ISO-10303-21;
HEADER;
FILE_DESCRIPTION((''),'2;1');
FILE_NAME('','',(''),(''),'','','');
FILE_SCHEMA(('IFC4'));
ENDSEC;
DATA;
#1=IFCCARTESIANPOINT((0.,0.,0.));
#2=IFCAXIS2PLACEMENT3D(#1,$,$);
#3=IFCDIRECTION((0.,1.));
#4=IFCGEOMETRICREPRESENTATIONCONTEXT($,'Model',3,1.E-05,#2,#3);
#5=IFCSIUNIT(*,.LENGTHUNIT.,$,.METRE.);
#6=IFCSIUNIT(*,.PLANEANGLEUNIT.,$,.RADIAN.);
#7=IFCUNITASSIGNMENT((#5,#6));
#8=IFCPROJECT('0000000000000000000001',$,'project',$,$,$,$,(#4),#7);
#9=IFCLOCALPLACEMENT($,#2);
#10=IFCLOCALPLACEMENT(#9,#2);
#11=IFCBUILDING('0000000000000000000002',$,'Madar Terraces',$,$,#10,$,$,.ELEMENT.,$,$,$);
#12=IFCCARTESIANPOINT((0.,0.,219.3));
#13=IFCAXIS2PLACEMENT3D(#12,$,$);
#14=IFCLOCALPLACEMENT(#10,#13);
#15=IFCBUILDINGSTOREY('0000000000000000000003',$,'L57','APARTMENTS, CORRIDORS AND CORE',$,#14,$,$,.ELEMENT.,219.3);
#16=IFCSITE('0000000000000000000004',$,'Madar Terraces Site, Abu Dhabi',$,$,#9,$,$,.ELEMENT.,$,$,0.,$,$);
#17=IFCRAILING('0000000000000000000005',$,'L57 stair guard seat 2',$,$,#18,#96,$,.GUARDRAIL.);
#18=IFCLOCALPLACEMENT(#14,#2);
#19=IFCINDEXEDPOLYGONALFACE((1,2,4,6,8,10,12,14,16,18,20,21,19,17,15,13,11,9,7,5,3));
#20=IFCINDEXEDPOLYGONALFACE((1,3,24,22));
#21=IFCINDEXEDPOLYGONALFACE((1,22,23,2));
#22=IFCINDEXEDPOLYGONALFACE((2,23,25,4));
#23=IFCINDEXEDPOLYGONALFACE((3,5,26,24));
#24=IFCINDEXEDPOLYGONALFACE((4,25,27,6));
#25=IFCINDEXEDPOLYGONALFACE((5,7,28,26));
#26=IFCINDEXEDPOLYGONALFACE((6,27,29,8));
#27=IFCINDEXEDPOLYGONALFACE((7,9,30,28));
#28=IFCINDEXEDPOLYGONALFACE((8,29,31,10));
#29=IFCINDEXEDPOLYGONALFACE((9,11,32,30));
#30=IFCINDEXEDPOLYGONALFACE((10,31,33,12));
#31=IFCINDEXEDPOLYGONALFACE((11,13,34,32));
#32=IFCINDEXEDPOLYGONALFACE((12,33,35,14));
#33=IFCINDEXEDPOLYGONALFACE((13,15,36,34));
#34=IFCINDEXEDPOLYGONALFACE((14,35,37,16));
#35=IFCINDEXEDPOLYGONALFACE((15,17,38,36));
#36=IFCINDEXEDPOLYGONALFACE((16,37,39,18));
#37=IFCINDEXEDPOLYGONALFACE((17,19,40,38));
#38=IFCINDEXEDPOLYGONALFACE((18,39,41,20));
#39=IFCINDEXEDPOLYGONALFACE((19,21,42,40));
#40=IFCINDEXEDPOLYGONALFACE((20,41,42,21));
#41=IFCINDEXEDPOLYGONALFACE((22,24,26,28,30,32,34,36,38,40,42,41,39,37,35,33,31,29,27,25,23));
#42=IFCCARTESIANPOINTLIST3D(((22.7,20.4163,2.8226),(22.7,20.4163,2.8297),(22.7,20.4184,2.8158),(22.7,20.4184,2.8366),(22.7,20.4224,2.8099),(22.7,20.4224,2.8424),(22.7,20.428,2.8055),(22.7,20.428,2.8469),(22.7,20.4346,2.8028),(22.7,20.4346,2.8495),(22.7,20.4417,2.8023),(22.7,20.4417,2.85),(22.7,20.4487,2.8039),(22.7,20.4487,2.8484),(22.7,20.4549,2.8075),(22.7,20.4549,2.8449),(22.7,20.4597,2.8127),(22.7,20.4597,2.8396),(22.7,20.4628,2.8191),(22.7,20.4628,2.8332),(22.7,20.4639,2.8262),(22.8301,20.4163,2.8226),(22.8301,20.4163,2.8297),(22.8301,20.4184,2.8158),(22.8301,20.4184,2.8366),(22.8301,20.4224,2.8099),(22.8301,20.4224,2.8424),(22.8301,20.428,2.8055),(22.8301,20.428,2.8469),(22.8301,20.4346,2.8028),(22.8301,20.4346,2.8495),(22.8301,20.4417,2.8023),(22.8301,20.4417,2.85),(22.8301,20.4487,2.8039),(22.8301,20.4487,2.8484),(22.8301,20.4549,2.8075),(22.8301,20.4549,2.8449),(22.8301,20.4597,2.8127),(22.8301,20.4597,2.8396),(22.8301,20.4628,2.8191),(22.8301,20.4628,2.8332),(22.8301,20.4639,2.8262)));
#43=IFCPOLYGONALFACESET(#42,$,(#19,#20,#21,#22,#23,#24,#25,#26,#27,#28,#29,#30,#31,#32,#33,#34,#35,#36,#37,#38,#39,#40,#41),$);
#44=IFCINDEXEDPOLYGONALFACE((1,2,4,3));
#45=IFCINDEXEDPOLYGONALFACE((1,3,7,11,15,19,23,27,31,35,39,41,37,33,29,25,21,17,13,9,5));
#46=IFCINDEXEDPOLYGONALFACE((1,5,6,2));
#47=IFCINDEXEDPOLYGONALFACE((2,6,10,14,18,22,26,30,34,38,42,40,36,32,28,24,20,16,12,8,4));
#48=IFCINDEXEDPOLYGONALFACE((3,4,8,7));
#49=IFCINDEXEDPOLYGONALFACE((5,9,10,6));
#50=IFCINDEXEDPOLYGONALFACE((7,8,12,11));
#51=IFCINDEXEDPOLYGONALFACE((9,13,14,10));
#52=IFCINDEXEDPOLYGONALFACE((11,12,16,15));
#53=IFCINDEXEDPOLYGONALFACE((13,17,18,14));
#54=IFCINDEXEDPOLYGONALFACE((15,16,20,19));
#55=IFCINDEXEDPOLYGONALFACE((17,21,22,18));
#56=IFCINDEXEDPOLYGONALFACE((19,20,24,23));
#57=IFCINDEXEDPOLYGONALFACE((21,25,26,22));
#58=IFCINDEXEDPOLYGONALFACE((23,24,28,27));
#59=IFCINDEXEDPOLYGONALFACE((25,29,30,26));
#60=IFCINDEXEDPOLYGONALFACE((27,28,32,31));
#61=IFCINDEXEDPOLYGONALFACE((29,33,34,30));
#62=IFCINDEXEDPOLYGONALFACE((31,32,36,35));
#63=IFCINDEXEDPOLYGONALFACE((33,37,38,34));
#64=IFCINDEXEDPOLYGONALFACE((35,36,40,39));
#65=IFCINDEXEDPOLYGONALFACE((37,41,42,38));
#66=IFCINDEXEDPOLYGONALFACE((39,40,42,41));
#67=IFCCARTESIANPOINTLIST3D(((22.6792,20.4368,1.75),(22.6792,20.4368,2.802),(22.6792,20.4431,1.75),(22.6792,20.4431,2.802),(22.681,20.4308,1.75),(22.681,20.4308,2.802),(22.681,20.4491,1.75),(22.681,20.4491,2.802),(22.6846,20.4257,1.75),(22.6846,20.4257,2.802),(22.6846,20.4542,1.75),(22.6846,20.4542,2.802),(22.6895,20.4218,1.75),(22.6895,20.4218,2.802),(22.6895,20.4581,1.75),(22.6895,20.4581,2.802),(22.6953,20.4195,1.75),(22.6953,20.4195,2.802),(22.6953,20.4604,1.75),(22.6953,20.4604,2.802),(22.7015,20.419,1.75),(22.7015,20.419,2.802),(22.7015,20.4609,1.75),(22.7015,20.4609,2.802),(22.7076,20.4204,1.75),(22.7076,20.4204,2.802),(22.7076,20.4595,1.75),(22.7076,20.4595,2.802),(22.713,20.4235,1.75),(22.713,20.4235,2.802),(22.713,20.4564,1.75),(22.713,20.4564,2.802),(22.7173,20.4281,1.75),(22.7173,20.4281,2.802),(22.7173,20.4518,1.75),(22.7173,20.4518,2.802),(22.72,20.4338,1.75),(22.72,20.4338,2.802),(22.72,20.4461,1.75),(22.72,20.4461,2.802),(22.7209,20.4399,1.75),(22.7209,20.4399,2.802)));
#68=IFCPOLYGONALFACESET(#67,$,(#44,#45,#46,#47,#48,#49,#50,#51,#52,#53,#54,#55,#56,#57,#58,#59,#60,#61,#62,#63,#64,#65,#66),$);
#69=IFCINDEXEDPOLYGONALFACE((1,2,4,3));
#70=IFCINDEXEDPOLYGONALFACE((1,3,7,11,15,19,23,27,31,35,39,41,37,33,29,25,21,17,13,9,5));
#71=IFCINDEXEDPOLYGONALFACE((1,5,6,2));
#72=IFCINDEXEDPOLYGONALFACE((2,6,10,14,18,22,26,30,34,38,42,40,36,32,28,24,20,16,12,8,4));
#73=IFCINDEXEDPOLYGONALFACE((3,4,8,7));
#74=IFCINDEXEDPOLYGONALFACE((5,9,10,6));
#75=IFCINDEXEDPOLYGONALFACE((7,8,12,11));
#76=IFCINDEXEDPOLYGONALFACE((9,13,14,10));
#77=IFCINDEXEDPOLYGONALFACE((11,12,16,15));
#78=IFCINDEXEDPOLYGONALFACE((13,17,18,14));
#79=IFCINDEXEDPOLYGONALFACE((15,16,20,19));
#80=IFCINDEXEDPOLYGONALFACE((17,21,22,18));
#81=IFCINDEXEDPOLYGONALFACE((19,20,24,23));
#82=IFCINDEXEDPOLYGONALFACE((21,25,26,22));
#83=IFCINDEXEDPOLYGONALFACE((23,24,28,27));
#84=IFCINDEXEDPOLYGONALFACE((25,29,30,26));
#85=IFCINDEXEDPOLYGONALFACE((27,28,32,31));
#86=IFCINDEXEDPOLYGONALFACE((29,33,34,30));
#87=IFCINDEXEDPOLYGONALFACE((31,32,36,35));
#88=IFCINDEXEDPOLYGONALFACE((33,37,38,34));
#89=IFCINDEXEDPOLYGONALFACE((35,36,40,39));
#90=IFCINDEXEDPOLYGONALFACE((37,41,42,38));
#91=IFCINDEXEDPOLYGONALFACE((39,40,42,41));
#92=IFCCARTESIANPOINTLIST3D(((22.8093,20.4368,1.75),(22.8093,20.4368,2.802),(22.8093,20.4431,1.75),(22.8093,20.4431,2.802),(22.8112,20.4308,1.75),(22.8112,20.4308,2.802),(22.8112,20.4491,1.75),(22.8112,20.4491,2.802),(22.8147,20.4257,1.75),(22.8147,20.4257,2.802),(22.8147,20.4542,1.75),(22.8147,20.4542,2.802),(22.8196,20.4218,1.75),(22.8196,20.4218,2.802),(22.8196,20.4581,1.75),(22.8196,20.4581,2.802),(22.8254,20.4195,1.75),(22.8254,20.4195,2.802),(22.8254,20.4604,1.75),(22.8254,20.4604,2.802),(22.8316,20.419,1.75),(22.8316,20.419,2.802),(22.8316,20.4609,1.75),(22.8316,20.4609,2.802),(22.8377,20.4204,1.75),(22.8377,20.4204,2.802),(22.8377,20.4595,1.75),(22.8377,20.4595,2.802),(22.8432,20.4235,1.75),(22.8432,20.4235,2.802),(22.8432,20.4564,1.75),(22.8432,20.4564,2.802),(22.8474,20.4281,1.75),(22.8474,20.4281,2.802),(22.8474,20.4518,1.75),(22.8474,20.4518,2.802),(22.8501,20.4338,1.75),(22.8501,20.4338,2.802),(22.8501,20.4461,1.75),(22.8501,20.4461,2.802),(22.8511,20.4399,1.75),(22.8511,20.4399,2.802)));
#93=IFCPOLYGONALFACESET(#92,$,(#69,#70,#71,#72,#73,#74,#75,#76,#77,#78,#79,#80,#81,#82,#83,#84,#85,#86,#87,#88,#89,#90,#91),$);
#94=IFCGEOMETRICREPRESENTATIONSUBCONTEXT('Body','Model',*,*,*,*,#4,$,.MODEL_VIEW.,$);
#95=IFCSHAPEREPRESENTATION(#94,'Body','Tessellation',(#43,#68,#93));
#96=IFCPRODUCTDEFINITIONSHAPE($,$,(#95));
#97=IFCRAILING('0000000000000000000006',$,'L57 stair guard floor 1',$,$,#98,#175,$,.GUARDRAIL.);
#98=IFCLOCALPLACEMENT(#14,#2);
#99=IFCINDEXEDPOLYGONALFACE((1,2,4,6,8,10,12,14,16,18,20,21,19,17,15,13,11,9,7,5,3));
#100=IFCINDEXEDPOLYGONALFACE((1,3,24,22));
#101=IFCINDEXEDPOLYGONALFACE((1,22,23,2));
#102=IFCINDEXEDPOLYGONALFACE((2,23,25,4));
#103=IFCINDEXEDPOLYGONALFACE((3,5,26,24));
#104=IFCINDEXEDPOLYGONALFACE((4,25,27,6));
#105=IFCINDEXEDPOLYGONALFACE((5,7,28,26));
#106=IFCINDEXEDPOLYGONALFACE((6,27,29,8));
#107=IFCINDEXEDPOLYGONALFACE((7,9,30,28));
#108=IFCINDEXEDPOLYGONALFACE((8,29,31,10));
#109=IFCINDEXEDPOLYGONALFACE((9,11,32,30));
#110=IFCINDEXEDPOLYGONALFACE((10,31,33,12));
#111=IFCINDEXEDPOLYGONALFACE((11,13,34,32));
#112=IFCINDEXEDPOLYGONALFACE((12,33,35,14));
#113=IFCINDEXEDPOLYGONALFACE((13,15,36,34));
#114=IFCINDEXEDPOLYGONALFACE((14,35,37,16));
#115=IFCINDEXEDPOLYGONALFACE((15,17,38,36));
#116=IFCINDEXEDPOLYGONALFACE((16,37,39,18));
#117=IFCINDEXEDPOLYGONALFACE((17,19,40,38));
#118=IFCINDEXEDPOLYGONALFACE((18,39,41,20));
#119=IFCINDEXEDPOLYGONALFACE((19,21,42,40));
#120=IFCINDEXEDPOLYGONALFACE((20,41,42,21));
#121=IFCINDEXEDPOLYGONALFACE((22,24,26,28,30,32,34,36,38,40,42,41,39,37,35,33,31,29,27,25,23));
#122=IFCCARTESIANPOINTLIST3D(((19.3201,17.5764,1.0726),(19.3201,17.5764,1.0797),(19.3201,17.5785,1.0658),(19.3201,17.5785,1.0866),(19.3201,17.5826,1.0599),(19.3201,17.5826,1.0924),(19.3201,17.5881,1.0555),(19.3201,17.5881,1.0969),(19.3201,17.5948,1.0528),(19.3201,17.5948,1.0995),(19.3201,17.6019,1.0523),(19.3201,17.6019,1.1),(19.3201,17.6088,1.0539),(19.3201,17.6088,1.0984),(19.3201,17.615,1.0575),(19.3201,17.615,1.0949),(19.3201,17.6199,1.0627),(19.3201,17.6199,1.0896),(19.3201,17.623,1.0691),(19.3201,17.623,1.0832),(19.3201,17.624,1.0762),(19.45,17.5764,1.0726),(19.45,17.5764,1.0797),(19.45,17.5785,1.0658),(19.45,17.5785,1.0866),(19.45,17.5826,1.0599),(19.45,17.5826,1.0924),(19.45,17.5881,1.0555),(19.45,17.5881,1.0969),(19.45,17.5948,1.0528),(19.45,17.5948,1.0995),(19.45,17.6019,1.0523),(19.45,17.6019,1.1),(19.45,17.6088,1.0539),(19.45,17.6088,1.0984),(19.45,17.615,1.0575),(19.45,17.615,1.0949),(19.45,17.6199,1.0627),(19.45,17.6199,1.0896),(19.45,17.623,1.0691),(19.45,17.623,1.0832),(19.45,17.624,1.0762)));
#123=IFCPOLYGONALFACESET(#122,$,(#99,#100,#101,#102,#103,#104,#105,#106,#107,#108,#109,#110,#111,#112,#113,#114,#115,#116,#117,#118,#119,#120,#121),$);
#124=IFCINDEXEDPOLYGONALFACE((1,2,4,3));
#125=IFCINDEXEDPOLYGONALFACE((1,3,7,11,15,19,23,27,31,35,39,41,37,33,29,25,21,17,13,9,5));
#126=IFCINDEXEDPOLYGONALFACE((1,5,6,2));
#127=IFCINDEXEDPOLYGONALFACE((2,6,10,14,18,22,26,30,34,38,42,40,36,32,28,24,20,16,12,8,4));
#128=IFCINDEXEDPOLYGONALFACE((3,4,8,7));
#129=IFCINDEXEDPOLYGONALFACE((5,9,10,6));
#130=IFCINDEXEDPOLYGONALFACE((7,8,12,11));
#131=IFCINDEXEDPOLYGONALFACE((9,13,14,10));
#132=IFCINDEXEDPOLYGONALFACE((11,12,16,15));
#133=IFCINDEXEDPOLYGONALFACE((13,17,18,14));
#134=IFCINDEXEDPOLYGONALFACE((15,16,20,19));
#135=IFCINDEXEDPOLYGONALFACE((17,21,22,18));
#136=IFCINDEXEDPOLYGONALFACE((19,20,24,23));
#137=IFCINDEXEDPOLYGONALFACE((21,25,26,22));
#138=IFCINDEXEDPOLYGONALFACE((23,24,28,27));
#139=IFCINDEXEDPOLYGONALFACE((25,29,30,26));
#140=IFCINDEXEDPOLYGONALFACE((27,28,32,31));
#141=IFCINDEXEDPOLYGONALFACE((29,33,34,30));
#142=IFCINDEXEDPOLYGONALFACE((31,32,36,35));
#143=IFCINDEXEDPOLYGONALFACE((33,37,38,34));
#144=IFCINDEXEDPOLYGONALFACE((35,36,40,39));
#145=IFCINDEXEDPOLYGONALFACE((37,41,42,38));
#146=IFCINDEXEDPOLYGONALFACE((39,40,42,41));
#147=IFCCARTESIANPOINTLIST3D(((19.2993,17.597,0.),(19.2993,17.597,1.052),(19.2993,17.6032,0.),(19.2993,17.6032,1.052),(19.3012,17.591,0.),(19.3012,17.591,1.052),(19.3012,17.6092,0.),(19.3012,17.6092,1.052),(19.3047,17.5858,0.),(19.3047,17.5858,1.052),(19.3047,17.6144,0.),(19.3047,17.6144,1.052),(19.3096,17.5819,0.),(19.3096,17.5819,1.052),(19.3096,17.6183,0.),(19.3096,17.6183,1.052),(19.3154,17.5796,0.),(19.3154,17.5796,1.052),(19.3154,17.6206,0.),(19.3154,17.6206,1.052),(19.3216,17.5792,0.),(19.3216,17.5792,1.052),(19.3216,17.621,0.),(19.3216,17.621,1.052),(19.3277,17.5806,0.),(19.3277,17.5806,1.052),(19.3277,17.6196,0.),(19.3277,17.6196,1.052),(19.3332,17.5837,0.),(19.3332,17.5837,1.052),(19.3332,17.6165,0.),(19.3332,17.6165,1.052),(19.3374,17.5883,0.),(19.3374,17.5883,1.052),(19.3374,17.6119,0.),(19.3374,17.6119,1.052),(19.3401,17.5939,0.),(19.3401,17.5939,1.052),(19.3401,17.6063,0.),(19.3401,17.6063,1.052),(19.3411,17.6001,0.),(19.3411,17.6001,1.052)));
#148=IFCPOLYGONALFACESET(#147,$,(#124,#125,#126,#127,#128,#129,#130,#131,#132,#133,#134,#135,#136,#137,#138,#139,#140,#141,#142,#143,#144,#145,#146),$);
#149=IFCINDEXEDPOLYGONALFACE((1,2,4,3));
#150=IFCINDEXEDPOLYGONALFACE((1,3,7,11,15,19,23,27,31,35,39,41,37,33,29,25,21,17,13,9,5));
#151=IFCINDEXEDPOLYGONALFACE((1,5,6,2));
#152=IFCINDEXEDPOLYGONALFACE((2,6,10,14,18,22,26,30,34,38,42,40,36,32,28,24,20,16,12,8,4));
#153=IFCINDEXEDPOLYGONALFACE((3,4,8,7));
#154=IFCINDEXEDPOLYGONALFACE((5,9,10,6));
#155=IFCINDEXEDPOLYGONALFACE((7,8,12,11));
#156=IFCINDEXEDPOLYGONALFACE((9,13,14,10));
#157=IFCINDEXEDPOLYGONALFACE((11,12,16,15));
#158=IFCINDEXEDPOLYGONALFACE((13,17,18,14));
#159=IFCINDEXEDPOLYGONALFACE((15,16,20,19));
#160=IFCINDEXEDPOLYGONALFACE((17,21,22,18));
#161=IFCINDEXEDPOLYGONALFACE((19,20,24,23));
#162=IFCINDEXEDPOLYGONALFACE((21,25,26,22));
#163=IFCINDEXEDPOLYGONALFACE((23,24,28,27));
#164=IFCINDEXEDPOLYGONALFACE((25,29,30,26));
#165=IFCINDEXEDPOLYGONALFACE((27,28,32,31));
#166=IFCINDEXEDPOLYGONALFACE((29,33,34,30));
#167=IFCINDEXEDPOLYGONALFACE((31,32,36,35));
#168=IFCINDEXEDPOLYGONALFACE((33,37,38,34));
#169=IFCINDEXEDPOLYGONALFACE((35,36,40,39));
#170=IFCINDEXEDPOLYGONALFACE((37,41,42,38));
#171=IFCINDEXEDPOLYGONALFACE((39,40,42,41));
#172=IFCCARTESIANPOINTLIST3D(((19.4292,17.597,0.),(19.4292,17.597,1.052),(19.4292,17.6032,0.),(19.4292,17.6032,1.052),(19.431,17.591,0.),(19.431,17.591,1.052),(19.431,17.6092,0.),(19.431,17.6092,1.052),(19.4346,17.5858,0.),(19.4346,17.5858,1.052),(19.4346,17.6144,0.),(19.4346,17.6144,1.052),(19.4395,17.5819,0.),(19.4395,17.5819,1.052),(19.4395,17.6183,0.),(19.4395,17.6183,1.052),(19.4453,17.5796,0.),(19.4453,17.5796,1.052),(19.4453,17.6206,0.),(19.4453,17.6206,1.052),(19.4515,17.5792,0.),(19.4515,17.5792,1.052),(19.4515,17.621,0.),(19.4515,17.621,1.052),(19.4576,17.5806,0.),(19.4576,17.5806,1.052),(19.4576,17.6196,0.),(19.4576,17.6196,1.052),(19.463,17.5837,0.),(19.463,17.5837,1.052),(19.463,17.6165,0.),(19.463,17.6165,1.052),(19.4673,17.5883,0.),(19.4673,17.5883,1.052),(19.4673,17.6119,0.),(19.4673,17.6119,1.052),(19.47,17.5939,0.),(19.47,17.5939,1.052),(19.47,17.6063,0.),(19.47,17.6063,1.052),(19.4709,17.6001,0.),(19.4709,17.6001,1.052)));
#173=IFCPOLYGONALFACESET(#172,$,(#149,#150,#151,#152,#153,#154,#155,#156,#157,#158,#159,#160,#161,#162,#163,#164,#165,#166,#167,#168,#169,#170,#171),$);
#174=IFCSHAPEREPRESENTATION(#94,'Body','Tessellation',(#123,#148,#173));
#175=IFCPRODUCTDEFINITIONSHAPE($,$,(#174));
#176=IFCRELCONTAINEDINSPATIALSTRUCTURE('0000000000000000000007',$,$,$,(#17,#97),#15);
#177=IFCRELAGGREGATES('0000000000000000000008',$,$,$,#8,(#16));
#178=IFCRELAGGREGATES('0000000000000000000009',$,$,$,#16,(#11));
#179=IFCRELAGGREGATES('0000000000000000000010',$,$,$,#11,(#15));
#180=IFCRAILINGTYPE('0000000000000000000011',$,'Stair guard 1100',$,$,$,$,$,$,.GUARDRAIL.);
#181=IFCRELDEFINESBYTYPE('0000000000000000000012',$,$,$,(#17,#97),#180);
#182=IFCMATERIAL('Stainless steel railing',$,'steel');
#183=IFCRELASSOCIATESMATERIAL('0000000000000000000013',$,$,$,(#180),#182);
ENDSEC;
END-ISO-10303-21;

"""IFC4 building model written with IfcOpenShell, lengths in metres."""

from ifc_helpers import new_model, si_unit, direction, frame, origin, origin_2d, place, context, subcontext, project, spatial, circle, extrude, material, type_object, element, save


model = new_model("IFC4")

# Units and contexts
model_context = context("Model", 3, precision=1e-05, world=origin(), true_north=direction((0.0, 1.0)))
body_context = subcontext(model_context, "Body", "Model", "MODEL_VIEW")
ifc_project = project(units=[si_unit("LENGTHUNIT", "METRE"), si_unit("PLANEANGLEUNIT", "RADIAN")], contexts=[model_context])

# Site, building, storey
site_placement = place(None, origin())
site = spatial("IfcSite", under=ifc_project, at=site_placement, Name="Madar Terraces Site, Abu Dhabi", CompositionType="ELEMENT", RefElevation=0.0)
building_placement = place(site_placement, origin())
building = spatial("IfcBuilding", under=site, at=building_placement, Name="Madar Terraces", CompositionType="ELEMENT")
storey_placement = place(building_placement, frame((0.0, 0.0, 219.3)))
storey = spatial("IfcBuildingStorey", under=building, at=storey_placement, Name="L57", Description="APARTMENTS, CORRIDORS AND CORE", CompositionType="ELEMENT", Elevation=219.3)

# Railings
ifc_material_1 = material(Name="Stainless steel railing", Category="steel")
railing_type_1 = type_object("IfcRailingType", Name="Stair guard 1100", PredefinedType="GUARDRAIL", material=ifc_material_1)
railing_1_placement = place(storey_placement, frame((22.7, 20.4399, 1.75)))
element("IfcRailing", 1, at=railing_1_placement, inside=storey, type_object=railing_type_1, Name="L57 stair guard seat 2", PredefinedType="GUARDRAIL", context=body_context, shape_type="SweptSolid", body=[
    extrude(circle(Radius=0.0239, at=origin_2d()), frame((0.0, 0.0, 1.0762), z_axis=(1.0, 0.0, 0.0), x_axis=(0.0, 1.0, 0.0)), (0.0, 0.0, 1.0), 0.1301),
    extrude(circle(Radius=0.021, at=origin_2d()), origin(), (0.0, 0.0, 1.0), 1.052),
    extrude(circle(Radius=0.021, at=origin_2d()), frame((0.1301, 0.0, 0.0)), (0.0, 0.0, 1.0), 1.052),
])
railing_2_placement = place(storey_placement, frame((19.3201, 17.6001, 0.0)))
element("IfcRailing", 2, at=railing_2_placement, inside=storey, type_object=railing_type_1, Name="L57 stair guard floor 1", PredefinedType="GUARDRAIL", context=body_context, shape_type="SweptSolid", body=[
    extrude(circle(Radius=0.0239, at=origin_2d()), frame((0.0, 0.0, 1.0762), z_axis=(1.0, 0.0, 0.0), x_axis=(0.0, 1.0, 0.0)), (0.0, 0.0, 1.0), 0.1299),
    extrude(circle(Radius=0.021, at=origin_2d()), origin(), (0.0, 0.0, 1.0), 1.052),
    extrude(circle(Radius=0.021, at=origin_2d()), frame((0.1299, 0.0, 0.0)), (0.0, 0.0, 1.0), 1.052),
])

save(model, "model.ifc")
